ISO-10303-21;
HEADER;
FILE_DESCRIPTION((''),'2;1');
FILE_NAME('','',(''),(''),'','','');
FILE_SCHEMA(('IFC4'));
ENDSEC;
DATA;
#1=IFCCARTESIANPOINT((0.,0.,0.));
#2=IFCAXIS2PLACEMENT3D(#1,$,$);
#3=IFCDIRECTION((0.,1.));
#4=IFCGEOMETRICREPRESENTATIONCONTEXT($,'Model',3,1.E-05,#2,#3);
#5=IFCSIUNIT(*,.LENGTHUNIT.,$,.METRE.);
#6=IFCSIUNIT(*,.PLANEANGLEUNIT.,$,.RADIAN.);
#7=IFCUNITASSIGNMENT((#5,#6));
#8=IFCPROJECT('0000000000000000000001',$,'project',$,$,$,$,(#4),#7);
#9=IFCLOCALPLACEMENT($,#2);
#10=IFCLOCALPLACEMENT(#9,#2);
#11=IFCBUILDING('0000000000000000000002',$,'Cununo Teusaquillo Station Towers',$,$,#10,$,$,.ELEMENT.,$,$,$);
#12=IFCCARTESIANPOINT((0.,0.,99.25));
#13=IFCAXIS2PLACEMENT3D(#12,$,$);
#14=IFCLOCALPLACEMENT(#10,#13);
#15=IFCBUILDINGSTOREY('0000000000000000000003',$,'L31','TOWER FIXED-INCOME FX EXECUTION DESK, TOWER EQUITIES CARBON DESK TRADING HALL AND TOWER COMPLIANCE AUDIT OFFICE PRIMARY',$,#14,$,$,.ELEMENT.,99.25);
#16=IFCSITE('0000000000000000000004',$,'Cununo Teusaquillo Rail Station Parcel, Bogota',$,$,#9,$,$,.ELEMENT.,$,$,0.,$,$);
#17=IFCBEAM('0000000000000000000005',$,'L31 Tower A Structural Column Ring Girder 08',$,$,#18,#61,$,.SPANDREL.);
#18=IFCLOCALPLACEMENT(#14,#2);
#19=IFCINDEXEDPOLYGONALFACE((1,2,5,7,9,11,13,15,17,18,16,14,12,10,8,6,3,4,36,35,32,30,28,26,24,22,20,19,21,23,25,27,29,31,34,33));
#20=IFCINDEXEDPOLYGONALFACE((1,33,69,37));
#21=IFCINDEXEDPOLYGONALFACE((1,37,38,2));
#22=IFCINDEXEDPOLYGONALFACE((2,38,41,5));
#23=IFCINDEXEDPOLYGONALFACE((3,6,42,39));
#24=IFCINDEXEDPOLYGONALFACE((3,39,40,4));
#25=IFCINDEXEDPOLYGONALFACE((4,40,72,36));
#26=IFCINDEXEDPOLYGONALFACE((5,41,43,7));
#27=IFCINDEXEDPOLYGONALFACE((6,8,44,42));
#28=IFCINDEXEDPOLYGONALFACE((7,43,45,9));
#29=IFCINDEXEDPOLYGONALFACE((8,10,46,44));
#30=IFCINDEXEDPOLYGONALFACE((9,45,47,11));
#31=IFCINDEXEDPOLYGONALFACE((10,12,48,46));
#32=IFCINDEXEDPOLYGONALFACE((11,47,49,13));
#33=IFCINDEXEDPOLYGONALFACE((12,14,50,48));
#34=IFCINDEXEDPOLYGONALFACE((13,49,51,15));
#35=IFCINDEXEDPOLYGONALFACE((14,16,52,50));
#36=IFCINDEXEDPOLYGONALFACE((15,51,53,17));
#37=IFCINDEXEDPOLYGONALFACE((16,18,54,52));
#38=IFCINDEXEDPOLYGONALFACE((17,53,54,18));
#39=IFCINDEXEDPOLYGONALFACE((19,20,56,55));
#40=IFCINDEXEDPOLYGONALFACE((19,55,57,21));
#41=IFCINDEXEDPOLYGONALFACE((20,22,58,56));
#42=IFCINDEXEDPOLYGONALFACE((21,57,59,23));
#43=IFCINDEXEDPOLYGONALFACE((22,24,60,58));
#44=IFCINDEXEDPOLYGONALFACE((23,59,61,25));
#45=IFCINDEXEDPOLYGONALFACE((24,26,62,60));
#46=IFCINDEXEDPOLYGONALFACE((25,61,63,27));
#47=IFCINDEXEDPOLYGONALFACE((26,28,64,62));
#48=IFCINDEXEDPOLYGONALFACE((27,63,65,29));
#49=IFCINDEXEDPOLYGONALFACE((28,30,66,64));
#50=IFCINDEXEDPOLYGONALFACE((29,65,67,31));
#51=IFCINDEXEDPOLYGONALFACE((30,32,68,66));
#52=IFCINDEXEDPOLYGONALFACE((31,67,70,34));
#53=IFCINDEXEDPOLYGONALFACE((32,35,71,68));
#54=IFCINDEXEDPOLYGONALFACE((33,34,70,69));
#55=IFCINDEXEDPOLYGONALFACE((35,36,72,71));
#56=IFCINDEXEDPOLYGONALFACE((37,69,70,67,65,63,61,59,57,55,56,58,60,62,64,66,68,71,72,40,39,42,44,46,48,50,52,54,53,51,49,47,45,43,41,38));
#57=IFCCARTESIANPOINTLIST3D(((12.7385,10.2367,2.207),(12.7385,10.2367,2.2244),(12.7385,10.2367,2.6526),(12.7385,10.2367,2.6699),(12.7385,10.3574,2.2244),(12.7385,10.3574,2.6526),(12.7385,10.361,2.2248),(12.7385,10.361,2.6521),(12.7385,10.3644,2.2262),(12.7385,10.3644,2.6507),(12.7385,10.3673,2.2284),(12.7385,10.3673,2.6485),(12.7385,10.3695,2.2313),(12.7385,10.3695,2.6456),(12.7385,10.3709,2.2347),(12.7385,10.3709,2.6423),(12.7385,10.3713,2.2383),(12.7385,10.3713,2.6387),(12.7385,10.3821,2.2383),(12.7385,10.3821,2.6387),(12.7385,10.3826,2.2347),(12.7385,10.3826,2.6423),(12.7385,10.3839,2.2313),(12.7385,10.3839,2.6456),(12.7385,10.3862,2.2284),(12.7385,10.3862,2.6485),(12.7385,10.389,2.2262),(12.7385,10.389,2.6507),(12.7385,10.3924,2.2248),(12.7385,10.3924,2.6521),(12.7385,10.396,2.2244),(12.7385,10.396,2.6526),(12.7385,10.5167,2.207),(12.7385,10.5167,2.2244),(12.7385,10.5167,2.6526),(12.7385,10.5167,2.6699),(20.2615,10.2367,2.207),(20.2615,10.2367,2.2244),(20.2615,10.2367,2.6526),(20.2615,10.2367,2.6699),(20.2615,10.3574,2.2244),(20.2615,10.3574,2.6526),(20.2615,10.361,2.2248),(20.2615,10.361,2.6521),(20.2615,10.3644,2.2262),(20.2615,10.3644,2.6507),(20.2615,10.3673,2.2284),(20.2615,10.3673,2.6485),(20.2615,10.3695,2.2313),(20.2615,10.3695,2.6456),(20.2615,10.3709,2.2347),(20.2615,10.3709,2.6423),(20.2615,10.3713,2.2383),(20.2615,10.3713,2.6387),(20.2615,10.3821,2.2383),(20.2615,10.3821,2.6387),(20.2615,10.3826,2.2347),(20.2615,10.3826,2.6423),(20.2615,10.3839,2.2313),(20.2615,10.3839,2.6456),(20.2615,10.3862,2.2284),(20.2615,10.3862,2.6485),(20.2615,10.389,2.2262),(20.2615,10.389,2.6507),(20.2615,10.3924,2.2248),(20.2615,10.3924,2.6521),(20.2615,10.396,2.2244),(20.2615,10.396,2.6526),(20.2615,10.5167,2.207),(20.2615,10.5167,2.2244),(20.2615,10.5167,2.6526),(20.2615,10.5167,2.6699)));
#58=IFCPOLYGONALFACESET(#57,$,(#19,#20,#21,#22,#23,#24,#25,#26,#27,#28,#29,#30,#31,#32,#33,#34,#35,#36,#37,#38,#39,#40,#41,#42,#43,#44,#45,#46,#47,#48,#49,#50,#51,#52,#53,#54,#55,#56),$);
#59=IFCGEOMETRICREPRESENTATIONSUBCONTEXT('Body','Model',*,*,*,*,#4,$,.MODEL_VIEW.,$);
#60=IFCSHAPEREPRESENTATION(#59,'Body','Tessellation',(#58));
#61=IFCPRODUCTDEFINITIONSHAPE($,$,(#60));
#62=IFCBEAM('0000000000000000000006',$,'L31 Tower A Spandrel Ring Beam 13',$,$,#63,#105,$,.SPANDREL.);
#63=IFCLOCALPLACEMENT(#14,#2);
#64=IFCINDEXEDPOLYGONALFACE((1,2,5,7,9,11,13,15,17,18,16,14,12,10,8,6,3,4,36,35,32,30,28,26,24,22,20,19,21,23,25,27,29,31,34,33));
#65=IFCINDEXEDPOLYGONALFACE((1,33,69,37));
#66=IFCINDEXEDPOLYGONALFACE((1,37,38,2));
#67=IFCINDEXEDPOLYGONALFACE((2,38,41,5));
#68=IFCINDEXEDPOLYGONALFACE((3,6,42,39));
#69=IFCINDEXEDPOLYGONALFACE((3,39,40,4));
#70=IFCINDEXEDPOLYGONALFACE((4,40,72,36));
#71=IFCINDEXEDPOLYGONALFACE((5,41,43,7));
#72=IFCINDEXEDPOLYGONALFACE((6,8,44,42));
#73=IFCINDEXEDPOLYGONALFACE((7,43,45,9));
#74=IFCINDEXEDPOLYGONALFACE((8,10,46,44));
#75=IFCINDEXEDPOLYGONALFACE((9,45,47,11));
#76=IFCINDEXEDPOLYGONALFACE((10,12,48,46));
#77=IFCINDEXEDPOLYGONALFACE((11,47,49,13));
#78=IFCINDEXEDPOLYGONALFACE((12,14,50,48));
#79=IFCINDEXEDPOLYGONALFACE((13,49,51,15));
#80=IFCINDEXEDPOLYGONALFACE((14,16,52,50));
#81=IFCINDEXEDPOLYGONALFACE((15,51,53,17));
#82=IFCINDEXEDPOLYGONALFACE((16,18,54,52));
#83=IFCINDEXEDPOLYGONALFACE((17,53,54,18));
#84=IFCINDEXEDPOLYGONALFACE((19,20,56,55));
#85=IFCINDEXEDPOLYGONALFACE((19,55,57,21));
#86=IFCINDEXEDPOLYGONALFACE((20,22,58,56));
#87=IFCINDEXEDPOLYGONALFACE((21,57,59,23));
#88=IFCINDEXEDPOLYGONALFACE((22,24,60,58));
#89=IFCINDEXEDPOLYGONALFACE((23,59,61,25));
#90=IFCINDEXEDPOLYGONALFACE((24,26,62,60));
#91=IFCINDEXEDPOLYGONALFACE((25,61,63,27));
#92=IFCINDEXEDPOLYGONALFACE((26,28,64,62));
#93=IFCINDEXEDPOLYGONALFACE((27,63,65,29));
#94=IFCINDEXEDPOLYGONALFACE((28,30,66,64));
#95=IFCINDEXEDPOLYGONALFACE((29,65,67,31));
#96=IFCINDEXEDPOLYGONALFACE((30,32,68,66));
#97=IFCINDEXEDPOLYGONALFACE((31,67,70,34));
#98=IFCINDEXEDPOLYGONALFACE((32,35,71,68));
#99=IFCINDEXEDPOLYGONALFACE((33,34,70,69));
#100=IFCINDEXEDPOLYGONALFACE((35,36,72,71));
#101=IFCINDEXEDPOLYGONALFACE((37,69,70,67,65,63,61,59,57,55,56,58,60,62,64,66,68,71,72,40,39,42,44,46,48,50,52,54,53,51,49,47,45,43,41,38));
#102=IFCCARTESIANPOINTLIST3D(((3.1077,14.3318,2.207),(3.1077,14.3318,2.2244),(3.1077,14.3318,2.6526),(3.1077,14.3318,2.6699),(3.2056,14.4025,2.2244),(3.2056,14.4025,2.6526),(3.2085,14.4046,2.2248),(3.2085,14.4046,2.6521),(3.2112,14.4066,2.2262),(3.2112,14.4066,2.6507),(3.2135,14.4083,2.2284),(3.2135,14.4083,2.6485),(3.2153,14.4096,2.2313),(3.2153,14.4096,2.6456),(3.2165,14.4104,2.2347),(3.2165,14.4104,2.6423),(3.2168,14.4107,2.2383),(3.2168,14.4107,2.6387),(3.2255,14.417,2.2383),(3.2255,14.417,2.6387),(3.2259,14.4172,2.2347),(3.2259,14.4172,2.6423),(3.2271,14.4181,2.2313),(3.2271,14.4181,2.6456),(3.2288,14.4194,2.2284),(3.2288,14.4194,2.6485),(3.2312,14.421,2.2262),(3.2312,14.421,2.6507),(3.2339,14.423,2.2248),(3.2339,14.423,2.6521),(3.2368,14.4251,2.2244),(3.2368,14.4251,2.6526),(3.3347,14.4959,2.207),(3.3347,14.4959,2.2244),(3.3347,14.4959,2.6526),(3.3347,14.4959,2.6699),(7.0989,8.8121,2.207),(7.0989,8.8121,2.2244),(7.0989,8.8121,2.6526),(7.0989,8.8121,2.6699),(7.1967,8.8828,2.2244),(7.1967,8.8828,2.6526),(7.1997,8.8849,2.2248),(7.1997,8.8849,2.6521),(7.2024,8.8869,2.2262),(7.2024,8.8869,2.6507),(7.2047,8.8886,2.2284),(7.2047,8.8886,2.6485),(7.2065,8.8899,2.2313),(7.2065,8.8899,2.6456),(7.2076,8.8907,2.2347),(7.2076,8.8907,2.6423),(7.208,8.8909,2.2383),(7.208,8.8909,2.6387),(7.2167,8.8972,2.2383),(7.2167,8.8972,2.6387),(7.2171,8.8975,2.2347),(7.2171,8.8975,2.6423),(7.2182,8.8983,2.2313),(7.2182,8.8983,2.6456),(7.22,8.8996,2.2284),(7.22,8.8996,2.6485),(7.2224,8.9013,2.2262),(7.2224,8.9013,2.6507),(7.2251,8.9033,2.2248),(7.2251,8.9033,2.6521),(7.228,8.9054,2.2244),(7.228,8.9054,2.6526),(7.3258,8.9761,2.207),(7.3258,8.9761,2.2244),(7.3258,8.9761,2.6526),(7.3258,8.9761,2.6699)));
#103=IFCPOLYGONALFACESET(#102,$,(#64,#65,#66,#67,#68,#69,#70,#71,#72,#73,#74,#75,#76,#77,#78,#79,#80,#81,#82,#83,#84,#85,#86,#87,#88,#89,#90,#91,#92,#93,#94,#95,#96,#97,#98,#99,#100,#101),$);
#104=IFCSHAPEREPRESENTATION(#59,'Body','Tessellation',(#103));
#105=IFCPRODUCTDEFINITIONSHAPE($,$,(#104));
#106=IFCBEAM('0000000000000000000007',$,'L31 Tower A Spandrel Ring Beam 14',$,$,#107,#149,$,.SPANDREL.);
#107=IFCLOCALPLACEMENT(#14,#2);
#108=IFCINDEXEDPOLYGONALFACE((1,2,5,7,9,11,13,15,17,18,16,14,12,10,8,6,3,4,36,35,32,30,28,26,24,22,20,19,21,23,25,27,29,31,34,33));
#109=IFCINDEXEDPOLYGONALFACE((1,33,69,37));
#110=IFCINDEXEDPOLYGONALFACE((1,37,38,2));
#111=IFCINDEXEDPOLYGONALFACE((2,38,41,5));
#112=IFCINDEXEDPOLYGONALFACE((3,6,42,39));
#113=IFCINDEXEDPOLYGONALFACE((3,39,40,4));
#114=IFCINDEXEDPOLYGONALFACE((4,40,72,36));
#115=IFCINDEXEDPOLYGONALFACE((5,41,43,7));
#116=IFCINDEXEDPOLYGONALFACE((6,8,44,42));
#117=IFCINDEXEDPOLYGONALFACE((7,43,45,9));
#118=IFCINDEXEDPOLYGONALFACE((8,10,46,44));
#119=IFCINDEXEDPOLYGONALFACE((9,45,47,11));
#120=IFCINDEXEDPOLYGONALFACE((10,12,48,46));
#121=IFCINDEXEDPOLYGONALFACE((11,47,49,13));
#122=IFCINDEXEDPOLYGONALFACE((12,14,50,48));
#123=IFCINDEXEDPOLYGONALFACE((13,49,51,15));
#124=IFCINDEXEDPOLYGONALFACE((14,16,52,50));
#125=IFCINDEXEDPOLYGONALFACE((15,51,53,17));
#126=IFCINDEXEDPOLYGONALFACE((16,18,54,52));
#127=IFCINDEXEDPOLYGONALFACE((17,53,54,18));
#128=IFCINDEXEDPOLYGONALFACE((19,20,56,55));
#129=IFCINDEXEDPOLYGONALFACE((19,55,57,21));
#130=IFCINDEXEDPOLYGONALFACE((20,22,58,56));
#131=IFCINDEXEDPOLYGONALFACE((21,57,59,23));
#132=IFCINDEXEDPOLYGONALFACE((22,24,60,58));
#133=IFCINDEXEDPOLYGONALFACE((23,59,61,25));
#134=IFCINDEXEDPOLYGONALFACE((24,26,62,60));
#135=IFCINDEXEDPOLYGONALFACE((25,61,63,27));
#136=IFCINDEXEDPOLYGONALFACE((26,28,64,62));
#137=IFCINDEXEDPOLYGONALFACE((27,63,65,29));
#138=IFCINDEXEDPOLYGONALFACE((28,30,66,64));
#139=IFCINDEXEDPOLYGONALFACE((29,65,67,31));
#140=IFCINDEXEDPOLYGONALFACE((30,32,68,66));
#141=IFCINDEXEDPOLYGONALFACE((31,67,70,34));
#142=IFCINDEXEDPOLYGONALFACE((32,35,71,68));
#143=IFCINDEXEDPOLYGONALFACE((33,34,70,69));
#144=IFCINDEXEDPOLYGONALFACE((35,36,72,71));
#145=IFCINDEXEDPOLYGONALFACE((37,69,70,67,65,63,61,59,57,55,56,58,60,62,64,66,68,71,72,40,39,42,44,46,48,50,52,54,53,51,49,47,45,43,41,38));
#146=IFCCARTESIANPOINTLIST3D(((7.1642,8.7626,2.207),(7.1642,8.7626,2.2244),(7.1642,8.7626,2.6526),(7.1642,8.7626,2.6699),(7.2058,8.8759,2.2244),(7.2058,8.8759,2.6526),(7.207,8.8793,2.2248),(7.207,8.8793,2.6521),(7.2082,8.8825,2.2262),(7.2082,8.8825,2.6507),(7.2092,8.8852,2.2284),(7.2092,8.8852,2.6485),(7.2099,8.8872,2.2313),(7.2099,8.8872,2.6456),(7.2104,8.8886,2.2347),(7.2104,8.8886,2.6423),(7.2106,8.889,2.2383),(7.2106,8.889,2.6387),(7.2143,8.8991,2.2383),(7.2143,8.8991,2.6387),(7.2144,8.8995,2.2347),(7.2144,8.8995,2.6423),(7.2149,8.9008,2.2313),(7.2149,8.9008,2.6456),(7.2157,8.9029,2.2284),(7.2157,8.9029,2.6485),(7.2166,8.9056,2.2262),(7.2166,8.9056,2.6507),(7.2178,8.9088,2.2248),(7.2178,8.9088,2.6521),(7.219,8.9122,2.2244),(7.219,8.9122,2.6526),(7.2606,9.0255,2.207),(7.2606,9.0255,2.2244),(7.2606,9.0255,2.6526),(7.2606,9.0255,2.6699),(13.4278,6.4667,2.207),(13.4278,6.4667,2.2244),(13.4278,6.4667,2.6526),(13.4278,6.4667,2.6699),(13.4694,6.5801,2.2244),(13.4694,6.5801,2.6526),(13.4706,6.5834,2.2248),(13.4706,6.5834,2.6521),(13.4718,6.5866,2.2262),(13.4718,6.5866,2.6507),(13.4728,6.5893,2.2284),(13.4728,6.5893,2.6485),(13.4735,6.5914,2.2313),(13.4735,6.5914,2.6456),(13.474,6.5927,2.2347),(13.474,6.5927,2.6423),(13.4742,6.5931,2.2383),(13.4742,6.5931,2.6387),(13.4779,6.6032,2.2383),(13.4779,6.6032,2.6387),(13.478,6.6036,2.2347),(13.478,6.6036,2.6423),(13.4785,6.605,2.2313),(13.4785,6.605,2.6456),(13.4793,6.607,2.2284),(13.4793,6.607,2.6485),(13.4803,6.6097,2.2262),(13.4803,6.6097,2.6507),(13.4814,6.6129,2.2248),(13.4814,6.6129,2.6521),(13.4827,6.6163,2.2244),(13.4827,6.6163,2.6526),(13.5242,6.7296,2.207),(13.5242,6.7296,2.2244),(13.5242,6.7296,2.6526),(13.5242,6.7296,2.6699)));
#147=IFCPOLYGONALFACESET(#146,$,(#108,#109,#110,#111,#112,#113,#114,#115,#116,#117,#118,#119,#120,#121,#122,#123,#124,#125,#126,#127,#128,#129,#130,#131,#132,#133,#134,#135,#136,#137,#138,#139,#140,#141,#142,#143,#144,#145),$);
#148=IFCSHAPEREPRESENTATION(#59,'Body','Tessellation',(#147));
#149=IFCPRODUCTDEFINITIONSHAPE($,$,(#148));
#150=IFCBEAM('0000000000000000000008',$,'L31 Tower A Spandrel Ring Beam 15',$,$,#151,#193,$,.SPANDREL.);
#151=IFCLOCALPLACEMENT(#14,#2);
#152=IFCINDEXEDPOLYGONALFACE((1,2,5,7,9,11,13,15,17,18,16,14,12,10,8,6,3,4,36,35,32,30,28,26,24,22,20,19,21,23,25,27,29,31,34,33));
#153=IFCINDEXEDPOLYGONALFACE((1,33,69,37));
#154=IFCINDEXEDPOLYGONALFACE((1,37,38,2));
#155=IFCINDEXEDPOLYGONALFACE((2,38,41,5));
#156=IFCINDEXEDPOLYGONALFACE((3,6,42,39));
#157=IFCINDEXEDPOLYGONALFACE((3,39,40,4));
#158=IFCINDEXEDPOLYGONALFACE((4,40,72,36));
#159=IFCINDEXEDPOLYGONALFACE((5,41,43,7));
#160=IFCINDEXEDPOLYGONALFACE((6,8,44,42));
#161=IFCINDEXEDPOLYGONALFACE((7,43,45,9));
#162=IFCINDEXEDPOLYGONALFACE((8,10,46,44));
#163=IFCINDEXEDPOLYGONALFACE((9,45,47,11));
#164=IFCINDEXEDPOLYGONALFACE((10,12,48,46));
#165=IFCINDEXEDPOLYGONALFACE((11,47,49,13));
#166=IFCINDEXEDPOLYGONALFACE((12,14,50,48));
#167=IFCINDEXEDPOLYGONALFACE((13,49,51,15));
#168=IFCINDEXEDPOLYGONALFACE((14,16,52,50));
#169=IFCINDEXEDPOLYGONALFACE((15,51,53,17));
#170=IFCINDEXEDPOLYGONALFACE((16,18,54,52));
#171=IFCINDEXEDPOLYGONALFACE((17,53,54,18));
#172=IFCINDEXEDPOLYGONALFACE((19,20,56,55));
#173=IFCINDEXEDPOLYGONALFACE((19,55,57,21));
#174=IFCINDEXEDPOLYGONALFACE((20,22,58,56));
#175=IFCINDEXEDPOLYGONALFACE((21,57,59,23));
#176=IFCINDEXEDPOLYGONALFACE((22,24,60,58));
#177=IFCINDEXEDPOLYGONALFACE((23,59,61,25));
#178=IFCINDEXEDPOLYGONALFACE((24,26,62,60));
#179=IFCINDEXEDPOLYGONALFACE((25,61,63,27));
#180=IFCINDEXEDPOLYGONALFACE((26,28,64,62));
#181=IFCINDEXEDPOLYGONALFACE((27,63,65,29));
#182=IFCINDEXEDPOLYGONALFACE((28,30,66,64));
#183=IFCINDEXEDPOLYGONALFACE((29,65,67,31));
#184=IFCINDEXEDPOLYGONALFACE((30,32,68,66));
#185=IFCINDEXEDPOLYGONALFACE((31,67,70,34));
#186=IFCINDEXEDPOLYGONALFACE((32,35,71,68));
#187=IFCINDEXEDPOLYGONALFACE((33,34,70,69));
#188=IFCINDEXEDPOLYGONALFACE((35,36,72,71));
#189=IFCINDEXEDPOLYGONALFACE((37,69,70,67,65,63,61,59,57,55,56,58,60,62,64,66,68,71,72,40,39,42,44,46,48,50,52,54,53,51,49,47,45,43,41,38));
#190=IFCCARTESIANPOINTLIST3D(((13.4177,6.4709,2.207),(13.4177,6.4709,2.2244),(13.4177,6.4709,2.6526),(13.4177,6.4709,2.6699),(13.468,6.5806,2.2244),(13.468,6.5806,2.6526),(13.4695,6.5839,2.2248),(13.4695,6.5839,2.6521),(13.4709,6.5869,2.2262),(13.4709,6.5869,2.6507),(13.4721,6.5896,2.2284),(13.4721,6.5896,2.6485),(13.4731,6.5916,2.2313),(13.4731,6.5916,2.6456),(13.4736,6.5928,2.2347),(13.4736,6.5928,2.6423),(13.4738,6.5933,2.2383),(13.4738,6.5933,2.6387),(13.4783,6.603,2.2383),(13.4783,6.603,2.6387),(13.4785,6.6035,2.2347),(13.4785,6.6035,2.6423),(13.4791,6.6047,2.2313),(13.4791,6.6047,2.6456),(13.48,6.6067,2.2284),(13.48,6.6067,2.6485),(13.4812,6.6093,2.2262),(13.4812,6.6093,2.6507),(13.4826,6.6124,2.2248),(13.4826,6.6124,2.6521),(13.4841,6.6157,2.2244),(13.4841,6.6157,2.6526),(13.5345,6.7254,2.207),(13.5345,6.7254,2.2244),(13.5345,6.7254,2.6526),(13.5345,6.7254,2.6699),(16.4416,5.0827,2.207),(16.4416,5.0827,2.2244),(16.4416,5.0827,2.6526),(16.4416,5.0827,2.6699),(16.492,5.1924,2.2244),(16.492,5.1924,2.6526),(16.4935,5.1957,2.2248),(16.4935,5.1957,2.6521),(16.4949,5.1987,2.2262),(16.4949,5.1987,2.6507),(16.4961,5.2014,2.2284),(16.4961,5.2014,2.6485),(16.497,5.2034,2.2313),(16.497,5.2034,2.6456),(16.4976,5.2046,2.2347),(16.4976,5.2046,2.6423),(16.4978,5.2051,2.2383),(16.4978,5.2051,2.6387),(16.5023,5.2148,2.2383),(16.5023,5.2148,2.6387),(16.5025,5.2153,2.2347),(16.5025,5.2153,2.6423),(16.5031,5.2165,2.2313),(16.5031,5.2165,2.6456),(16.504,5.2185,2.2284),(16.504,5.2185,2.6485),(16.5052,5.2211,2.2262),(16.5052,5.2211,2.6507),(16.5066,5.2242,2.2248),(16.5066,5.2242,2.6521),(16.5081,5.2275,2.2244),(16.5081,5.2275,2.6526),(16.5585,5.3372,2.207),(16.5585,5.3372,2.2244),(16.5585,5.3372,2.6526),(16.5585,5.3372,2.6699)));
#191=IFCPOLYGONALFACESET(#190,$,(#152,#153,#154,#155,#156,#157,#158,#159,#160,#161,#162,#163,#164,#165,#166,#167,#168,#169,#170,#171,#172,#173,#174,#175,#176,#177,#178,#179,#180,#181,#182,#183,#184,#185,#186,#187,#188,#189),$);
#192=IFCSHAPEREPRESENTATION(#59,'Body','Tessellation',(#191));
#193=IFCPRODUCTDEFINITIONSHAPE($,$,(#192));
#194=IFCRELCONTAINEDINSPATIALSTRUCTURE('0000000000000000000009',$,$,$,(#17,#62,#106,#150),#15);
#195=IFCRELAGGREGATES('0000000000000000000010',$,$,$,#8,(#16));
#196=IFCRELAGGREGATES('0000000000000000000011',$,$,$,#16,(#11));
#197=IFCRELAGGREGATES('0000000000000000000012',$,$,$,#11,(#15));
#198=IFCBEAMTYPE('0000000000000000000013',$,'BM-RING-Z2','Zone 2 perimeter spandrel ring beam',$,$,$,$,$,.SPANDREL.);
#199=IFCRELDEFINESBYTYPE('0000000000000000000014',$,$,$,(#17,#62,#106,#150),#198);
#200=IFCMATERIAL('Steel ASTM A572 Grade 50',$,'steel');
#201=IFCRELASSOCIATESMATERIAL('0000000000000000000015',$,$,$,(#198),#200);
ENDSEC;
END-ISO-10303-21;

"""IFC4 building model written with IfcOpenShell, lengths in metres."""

from ifc_helpers import new_model, si_unit, direction, frame, origin, origin_2d, place, context, subcontext, project, spatial, i_section, extrude, material, material_profile, profile_set, type_object, element, save


model = new_model("IFC4")

# Units and contexts
model_context = context("Model", 3, precision=1e-05, world=origin(), true_north=direction((0.0, 1.0)))
body_context = subcontext(model_context, "Body", "Model", "MODEL_VIEW")
ifc_project = project(units=[si_unit("LENGTHUNIT", "METRE"), si_unit("PLANEANGLEUNIT", "RADIAN")], contexts=[model_context])

# Site, building, storey
site_placement = place(None, origin())
site = spatial("IfcSite", under=ifc_project, at=site_placement, Name="Cununo Teusaquillo Rail Station Parcel, Bogota", CompositionType="ELEMENT", RefElevation=0.0)
building_placement = place(site_placement, origin())
building = spatial("IfcBuilding", under=site, at=building_placement, Name="Cununo Teusaquillo Station Towers", CompositionType="ELEMENT")
storey_placement = place(building_placement, frame((0.0, 0.0, 99.25)))
storey = spatial("IfcBuildingStorey", under=building, at=storey_placement, Name="L31", Description="TOWER FIXED-INCOME FX EXECUTION DESK, TOWER EQUITIES CARBON DESK TRADING HALL AND TOWER COMPLIANCE AUDIT OFFICE PRIMARY", CompositionType="ELEMENT", Elevation=99.25)

# Beams
ifc_material_1 = material(Name="Steel ASTM A572 Grade 50", Category="steel")
ifc_material_profile_1 = material_profile(ifc_material_1, i_section(OverallWidth=0.28, OverallDepth=0.4629, WebThickness=0.0107, FlangeThickness=0.0173, FilletRadius=0.0139, at=origin_2d()), Name="W18X76")
ifc_profile_set_1 = profile_set([ifc_material_profile_1], Name="Steel ASTM A572 Grade 50")
beam_type_1 = type_object("IfcBeamType", Name="BM-RING-Z2", Description="Zone 2 perimeter spandrel ring beam", PredefinedType="SPANDREL", material=ifc_profile_set_1)
beam_1_placement = place(storey_placement, frame((12.7385, 10.3767, 2.4385), z_axis=(1.0, 0.0, 0.0), x_axis=(0.0, 1.0, 0.0)))
element("IfcBeam", 1, at=beam_1_placement, inside=storey, type_object=beam_type_1, Name="L31 Tower A Structural Column Ring Girder 08", PredefinedType="SPANDREL", context=body_context, shape_type="SweptSolid", body=[
    extrude(i_section(OverallWidth=0.28, OverallDepth=0.4629, WebThickness=0.0107, FlangeThickness=0.0173, FilletRadius=0.0139, at=origin_2d()), origin(), (0.0, 0.0, 1.0), 7.5229),
])
beam_2_placement = place(storey_placement, frame((3.2212, 14.4138, 2.4385), z_axis=(0.585945, -0.810351, 0.0), x_axis=(0.810351, 0.585945, 0.0)))
element("IfcBeam", 2, at=beam_2_placement, inside=storey, type_object=beam_type_1, Name="L31 Tower A Spandrel Ring Beam 13", PredefinedType="SPANDREL", context=body_context, shape_type="SweptSolid", body=[
    extrude(i_section(OverallWidth=0.28, OverallDepth=0.4629, WebThickness=0.0107, FlangeThickness=0.0173, FilletRadius=0.0139, at=origin_2d()), origin(), (0.0, 0.0, 1.0), 6.8115),
])
beam_3_placement = place(storey_placement, frame((7.2124, 8.894, 2.4385), z_axis=(0.938914, -0.344151, 0.0), x_axis=(0.344151, 0.938914, 0.0)))
element("IfcBeam", 3, at=beam_3_placement, inside=storey, type_object=beam_type_1, Name="L31 Tower A Spandrel Ring Beam 14", PredefinedType="SPANDREL", context=body_context, shape_type="SweptSolid", body=[
    extrude(i_section(OverallWidth=0.28, OverallDepth=0.4629, WebThickness=0.0107, FlangeThickness=0.0173, FilletRadius=0.0139, at=origin_2d()), origin(), (0.0, 0.0, 1.0), 6.6711),
])
beam_4_placement = place(storey_placement, frame((13.4761, 6.5981, 2.4385), z_axis=(0.908812, -0.417205, 0.0), x_axis=(0.417205, 0.908812, 0.0)))
element("IfcBeam", 4, at=beam_4_placement, inside=storey, type_object=beam_type_1, Name="L31 Tower A Spandrel Ring Beam 15", PredefinedType="SPANDREL", context=body_context, shape_type="SweptSolid", body=[
    extrude(i_section(OverallWidth=0.28, OverallDepth=0.4629, WebThickness=0.0107, FlangeThickness=0.0173, FilletRadius=0.0139, at=origin_2d()), origin(), (0.0, 0.0, 1.0), 3.3274),
])

save(model, "model.ifc")
